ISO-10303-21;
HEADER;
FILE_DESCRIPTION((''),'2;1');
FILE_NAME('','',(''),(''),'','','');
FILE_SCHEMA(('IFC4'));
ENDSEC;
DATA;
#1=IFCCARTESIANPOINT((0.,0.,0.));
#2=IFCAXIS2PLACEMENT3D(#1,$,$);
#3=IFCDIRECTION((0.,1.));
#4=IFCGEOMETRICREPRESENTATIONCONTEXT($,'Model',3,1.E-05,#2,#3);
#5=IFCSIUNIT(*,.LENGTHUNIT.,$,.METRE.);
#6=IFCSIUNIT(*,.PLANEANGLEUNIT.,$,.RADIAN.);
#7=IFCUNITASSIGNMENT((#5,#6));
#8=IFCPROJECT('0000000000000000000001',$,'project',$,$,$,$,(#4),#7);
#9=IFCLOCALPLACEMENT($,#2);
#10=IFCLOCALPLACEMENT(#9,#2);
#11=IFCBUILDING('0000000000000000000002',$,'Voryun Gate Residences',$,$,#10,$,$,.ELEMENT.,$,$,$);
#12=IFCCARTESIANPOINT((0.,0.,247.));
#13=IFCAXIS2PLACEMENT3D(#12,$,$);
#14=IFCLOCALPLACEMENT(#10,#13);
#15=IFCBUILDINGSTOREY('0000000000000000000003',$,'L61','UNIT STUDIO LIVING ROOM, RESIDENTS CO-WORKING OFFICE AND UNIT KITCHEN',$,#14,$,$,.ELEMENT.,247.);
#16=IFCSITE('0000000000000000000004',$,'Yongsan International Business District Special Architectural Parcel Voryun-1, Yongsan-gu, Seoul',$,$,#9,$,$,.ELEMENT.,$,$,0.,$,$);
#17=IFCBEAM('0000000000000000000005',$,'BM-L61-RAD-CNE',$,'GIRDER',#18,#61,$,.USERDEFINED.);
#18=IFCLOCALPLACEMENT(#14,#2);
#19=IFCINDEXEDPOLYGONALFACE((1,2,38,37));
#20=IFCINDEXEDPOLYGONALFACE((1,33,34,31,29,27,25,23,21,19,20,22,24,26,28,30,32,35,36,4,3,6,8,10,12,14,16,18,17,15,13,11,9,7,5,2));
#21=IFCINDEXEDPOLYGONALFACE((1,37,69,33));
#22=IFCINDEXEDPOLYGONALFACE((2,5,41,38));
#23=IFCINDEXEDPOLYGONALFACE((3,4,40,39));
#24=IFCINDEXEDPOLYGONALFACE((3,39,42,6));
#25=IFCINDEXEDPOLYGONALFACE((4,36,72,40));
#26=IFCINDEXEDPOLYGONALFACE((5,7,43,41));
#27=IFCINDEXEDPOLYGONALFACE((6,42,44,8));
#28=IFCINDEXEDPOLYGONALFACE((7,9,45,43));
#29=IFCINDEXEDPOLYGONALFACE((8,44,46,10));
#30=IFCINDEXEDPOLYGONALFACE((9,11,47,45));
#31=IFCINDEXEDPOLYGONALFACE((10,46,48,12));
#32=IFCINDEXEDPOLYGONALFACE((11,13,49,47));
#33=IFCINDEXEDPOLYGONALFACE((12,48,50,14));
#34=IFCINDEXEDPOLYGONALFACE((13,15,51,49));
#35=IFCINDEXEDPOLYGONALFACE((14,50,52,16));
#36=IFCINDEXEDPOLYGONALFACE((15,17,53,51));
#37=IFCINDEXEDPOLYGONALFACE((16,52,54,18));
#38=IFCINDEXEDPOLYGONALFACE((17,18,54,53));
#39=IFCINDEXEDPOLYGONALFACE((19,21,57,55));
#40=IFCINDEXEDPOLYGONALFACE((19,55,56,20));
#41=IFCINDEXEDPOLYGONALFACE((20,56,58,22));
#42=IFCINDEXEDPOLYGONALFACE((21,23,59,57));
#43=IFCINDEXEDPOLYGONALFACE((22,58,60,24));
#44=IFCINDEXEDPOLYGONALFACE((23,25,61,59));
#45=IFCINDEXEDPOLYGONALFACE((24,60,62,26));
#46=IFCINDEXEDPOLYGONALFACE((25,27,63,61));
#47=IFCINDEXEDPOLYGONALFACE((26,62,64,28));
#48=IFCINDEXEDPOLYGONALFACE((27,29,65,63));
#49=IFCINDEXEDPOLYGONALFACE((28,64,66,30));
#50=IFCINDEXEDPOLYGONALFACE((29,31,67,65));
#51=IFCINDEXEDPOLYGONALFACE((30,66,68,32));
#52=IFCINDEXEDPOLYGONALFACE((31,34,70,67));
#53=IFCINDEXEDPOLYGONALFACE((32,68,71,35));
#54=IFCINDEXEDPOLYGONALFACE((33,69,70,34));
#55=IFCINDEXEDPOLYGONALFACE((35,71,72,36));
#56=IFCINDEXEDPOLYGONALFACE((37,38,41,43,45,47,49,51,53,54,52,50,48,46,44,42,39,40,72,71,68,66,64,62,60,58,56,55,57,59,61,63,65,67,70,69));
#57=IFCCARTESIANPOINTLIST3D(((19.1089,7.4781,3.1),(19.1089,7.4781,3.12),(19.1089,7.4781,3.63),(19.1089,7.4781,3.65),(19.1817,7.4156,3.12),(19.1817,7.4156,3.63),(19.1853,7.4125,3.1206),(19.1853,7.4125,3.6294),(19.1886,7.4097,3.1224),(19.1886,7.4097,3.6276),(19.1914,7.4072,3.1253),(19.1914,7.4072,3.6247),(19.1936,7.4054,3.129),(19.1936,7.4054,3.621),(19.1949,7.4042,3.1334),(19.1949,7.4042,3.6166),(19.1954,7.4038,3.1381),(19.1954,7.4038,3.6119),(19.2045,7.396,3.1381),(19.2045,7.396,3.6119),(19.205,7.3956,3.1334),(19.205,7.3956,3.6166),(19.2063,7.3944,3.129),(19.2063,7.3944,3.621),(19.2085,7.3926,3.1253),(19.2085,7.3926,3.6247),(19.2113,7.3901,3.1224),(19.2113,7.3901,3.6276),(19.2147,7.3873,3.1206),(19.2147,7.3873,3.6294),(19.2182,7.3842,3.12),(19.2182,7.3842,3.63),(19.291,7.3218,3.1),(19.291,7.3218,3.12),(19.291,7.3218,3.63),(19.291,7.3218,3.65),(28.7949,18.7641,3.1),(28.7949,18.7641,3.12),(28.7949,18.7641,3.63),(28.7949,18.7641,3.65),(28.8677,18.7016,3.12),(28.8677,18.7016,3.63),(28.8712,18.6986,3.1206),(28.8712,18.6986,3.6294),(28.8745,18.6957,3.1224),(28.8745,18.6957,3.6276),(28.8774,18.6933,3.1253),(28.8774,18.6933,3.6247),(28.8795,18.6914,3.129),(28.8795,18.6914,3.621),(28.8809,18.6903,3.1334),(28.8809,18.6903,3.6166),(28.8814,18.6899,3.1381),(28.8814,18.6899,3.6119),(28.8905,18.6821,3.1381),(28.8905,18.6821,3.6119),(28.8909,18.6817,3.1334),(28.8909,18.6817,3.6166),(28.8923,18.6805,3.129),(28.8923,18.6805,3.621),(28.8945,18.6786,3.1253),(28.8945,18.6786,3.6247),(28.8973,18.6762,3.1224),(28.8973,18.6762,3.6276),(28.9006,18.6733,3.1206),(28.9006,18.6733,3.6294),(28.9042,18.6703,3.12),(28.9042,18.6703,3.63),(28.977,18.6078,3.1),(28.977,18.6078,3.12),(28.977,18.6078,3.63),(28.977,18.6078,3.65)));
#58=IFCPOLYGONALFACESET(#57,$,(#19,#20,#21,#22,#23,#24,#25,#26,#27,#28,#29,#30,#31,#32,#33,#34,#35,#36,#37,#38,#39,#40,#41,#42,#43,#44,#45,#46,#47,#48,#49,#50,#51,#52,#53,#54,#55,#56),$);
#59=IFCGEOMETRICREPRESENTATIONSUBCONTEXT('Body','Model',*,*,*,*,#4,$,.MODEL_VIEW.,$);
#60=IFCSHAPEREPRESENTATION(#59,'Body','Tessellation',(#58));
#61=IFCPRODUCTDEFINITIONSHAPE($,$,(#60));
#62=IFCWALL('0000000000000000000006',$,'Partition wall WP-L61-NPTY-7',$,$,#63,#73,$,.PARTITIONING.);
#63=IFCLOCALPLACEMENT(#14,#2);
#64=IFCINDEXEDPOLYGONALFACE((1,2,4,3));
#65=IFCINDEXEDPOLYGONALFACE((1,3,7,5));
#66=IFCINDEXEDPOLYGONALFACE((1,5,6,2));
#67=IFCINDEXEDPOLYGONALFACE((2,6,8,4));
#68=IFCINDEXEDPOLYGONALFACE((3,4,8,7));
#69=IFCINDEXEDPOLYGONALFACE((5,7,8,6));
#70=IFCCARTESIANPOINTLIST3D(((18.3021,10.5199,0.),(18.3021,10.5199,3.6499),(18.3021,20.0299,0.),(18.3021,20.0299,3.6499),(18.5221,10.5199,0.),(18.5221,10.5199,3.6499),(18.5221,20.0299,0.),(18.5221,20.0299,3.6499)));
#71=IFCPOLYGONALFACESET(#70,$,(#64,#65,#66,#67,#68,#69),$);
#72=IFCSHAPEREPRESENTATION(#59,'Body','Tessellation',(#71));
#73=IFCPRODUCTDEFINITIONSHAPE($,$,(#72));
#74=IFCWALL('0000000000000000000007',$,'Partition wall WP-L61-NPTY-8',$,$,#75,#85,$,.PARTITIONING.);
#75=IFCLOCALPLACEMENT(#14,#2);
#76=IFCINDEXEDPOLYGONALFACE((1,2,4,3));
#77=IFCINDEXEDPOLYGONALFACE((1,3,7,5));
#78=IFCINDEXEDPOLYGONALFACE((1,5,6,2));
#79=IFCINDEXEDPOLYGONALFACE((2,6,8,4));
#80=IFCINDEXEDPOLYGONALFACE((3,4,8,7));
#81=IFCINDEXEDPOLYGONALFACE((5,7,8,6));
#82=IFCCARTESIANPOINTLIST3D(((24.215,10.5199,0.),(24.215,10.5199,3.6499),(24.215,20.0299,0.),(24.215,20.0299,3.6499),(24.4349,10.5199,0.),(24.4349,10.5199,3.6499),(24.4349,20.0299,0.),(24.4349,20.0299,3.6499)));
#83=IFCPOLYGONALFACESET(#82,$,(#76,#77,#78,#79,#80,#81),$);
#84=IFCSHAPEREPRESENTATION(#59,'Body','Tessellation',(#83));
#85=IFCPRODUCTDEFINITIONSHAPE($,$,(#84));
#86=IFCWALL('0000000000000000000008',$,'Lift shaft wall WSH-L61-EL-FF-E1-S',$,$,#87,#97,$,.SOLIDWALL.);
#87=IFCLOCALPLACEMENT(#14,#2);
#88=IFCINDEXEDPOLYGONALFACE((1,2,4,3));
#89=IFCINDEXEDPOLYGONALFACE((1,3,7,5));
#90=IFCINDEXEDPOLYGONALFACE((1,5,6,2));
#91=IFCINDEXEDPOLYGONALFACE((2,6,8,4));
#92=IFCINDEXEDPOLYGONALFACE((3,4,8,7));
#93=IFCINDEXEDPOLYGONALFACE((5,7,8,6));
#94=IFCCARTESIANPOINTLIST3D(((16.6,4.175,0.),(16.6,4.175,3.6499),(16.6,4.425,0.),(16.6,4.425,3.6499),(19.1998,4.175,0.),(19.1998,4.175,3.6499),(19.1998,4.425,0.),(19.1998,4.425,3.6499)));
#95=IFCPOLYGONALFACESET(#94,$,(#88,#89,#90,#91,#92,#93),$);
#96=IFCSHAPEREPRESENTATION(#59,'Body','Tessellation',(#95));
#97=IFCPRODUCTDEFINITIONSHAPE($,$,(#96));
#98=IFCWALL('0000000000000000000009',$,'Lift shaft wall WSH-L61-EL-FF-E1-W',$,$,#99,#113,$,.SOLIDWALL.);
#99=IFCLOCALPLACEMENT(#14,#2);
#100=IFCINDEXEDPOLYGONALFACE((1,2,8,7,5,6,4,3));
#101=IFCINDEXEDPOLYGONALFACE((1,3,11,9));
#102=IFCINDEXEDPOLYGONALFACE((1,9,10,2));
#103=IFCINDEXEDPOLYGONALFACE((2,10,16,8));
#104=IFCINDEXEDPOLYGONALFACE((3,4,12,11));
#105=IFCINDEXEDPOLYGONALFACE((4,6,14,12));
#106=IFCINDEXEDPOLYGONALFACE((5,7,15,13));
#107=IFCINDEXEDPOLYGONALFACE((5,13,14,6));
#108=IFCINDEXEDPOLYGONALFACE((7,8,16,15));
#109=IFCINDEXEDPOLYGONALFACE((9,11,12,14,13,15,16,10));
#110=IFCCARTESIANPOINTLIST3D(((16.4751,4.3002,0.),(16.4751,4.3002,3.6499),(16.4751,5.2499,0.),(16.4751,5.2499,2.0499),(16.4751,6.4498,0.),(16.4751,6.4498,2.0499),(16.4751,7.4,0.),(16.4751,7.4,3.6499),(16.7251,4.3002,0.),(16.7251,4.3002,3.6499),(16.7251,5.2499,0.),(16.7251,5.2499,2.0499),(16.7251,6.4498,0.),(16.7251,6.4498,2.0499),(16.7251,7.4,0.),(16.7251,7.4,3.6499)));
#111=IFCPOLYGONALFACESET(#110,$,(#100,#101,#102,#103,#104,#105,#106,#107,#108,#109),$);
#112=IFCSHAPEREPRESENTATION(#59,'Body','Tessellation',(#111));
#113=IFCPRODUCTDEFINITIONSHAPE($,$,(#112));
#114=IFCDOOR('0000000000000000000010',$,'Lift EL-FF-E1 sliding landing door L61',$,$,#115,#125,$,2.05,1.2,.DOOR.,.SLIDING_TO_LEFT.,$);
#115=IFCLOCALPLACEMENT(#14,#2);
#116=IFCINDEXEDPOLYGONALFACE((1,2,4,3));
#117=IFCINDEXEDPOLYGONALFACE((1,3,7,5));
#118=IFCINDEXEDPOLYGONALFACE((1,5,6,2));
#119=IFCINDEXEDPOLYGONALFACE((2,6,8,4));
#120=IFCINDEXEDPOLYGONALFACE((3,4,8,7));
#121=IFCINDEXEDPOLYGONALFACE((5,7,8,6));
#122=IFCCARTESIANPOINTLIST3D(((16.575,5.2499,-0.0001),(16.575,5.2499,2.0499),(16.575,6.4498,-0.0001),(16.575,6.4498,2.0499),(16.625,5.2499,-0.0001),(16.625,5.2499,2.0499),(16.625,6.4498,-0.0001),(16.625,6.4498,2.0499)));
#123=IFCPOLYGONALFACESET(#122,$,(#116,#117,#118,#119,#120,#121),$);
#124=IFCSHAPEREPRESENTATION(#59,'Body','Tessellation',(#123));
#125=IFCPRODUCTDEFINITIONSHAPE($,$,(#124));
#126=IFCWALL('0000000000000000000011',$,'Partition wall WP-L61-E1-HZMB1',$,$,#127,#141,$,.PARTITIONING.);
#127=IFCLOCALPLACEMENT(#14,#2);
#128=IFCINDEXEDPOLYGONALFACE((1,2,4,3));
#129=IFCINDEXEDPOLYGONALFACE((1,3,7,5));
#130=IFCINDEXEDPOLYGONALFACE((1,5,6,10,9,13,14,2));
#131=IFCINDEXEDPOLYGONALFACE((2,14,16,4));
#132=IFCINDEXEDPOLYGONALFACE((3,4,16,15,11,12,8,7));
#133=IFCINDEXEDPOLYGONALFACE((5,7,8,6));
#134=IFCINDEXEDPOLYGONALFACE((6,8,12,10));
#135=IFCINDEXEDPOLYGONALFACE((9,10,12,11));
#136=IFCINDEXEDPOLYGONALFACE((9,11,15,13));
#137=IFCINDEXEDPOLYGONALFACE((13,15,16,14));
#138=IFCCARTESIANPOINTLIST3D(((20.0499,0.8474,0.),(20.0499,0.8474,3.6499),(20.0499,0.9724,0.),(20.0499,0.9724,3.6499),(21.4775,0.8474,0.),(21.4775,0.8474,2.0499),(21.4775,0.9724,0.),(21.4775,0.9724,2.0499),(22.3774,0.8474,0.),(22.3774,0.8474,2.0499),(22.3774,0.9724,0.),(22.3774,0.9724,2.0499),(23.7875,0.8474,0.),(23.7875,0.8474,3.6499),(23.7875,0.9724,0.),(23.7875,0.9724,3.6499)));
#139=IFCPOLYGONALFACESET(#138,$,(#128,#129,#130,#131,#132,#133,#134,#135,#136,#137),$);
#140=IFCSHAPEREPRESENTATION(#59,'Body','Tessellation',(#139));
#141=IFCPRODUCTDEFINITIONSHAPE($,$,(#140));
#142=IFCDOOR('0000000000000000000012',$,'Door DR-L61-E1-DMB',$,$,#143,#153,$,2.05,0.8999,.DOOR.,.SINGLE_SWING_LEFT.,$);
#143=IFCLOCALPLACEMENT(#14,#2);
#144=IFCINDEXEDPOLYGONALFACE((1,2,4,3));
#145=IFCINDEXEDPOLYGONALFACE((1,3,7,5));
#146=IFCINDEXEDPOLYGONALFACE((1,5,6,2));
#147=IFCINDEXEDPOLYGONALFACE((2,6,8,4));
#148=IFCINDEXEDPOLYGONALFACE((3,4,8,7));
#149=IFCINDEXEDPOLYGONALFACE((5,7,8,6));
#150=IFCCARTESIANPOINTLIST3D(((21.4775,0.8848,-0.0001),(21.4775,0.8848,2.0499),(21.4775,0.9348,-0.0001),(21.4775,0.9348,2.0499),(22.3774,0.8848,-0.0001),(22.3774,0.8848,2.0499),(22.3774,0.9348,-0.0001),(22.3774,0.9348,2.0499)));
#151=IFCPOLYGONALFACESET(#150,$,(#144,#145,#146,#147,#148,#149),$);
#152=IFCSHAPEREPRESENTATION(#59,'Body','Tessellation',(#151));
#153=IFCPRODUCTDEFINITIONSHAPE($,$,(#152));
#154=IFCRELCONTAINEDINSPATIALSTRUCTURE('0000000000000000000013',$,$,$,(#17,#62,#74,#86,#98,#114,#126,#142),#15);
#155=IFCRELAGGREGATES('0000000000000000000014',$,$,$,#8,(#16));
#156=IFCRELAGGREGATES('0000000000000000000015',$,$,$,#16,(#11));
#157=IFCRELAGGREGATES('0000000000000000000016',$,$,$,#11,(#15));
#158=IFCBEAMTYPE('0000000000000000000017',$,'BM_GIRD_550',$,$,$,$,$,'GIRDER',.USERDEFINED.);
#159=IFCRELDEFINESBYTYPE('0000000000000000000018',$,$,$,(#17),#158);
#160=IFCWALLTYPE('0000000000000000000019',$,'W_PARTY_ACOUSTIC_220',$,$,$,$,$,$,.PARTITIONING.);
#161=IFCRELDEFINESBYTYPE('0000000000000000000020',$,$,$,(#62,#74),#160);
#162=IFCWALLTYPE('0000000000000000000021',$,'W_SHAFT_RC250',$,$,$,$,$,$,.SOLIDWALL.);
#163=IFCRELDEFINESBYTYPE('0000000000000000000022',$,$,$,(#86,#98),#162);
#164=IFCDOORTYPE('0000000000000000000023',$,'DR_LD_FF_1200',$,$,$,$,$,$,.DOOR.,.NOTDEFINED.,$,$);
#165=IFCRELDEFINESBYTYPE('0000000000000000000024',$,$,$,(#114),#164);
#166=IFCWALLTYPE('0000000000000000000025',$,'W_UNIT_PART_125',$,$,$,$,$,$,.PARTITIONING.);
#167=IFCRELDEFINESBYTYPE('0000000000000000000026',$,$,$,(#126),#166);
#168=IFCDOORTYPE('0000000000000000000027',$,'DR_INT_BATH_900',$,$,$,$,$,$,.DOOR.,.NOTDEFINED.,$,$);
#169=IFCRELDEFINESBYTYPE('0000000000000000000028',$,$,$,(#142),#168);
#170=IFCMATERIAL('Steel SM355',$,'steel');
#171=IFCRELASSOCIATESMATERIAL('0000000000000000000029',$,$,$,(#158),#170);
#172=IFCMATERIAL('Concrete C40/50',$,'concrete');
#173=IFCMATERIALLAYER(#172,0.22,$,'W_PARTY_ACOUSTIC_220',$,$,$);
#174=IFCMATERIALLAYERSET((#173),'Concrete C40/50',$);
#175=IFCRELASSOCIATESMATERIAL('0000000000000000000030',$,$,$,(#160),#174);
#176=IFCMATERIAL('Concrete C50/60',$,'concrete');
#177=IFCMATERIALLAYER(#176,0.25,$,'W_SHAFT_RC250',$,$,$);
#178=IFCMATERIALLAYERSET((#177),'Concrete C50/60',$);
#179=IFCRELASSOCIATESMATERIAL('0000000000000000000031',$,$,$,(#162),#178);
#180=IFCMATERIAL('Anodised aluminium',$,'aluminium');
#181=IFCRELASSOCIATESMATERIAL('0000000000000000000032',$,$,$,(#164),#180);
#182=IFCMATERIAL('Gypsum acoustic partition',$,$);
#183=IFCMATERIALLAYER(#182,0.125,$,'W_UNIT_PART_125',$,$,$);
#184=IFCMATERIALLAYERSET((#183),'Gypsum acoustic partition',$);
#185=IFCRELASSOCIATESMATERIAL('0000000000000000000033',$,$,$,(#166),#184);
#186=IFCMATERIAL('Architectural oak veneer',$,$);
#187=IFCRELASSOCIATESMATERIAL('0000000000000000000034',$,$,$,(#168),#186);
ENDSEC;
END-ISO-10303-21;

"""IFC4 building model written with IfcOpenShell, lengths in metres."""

from ifc_helpers import new_model, si_unit, direction, frame, frame_2d, origin, origin_2d, place, context, subcontext, project, spatial, rectangle, i_section, extrude, material, layer, layer_set, material_profile, profile_set, type_object, element, fill, save


model = new_model("IFC4")

# Units and contexts
model_context = context("Model", 3, precision=1e-05, world=origin(), true_north=direction((0.0, 1.0)))
body_context = subcontext(model_context, "Body", "Model", "MODEL_VIEW")
ifc_project = project(units=[si_unit("LENGTHUNIT", "METRE"), si_unit("PLANEANGLEUNIT", "RADIAN")], contexts=[model_context])

# Site, building, storey
site_placement = place(None, origin())
site = spatial("IfcSite", under=ifc_project, at=site_placement, Name="Yongsan International Business District Special Architectural Parcel Voryun-1, Yongsan-gu, Seoul", CompositionType="ELEMENT", RefElevation=0.0)
building_placement = place(site_placement, origin())
building = spatial("IfcBuilding", under=site, at=building_placement, Name="Voryun Gate Residences", CompositionType="ELEMENT")
storey_placement = place(building_placement, frame((0.0, 0.0, 247.0)))
storey = spatial("IfcBuildingStorey", under=building, at=storey_placement, Name="L61", Description="UNIT STUDIO LIVING ROOM, RESIDENTS CO-WORKING OFFICE AND UNIT KITCHEN", CompositionType="ELEMENT", Elevation=247.0)

# Beam
ifc_material_1 = material(Name="Steel SM355", Category="steel")
ifc_material_profile_1 = material_profile(ifc_material_1, i_section(OverallWidth=0.24, OverallDepth=0.55, WebThickness=0.012, FlangeThickness=0.02, FilletRadius=0.0181, at=origin_2d()), Name="H-550x240x12x20")
ifc_profile_set_1 = profile_set([ifc_material_profile_1], Name="Steel SM355")
beam_type_1 = type_object("IfcBeamType", Name="BM_GIRD_550", ElementType="GIRDER", PredefinedType="USERDEFINED", material=ifc_profile_set_1)
beam_1_placement = place(storey_placement, frame((19.2, 7.3999, 3.375), z_axis=(0.651264, 0.758851, 0.0), x_axis=(-0.758851, 0.651264, 0.0)))
element("IfcBeam", 1, at=beam_1_placement, inside=storey, type_object=beam_type_1, Name="BM-L61-RAD-CNE", ObjectType="GIRDER", PredefinedType="USERDEFINED", context=body_context, shape_type="SweptSolid", body=[
    extrude(i_section(OverallWidth=0.24, OverallDepth=0.55, WebThickness=0.012, FlangeThickness=0.02, FilletRadius=0.0181, at=origin_2d()), origin(), (0.0, 0.0, 1.0), 14.8726),
])

# Walls
ifc_material_2 = material(Name="Concrete C40/50", Category="concrete")
ifc_layer_1 = layer(ifc_material_2, 0.22, Name="W_PARTY_ACOUSTIC_220")
ifc_layer_set_1 = layer_set([ifc_layer_1], Name="Concrete C40/50")
wall_type_1 = type_object("IfcWallType", Name="W_PARTY_ACOUSTIC_220", PredefinedType="PARTITIONING", material=ifc_layer_set_1)
for number, where, z_axis, x_axis, name in (
    (2, (18.4121, 10.52, 0.0), (0.0, 0.0, 1.0), (0.0, 1.0, 0.0), "Partition wall WP-L61-NPTY-7"),
    (3, (24.325, 10.52, 0.0), (0.0, 0.0, 1.0), (0.0, 1.0, 0.0), "Partition wall WP-L61-NPTY-8"),
):
    element("IfcWall", number, at=place(storey_placement, frame(where, z_axis=z_axis, x_axis=x_axis)), inside=storey, type_object=wall_type_1, Name=name, PredefinedType="PARTITIONING", context=body_context, shape_type="SweptSolid", body=[
        extrude(rectangle(XDim=9.51, YDim=0.22, at=frame_2d((4.7549, 0.0))), origin(), (0.0, 0.0, 1.0), 3.6499),
    ])
ifc_material_3 = material(Name="Concrete C50/60", Category="concrete")
ifc_layer_2 = layer(ifc_material_3, 0.25, Name="W_SHAFT_RC250")
ifc_layer_set_2 = layer_set([ifc_layer_2], Name="Concrete C50/60")
wall_type_2 = type_object("IfcWallType", Name="W_SHAFT_RC250", PredefinedType="SOLIDWALL", material=ifc_layer_set_2)
wall_1_placement = place(storey_placement, frame((16.6001, 4.3, 0.0), z_axis=(0.0, 0.0, 1.0), x_axis=(1.0, 0.0, 0.0)))
element("IfcWall", 4, at=wall_1_placement, inside=storey, type_object=wall_type_2, Name="Lift shaft wall WSH-L61-EL-FF-E1-S", PredefinedType="SOLIDWALL", context=body_context, shape_type="SweptSolid", body=[
    extrude(rectangle(XDim=2.5999, YDim=0.25, at=frame_2d((1.2998, 0.0))), origin(), (0.0, 0.0, 1.0), 3.6499),
])

# Walls, openings, doors
wall_2_placement = place(storey_placement, frame((16.6001, 7.3999, 0.0), z_axis=(0.0, 0.0, 1.0), x_axis=(0.0, -1.0, 0.0)))
wall_2 = element("IfcWall", 5, at=wall_2_placement, inside=storey, type_object=wall_type_2, Name="Lift shaft wall WSH-L61-EL-FF-E1-W", PredefinedType="SOLIDWALL", context=body_context, shape_type="SweptSolid", body=[
    extrude(rectangle(XDim=3.0999, YDim=0.25, at=frame_2d((1.5498, 0.0))), origin(), (0.0, 0.0, 1.0), 3.6499),
])
opening_1_placement = place(wall_2_placement, frame((0.95, 0.0, 0.0)))
opening_1 = element("IfcOpeningElement", 6, at=opening_1_placement, cuts=wall_2, PredefinedType="OPENING", context=body_context, shape_type="SweptSolid", body=[
    extrude(rectangle(XDim=1.2, YDim=2.05, at=frame_2d((0.6001, 1.0249))), frame((0.0, 0.135, 0.0), z_axis=(0.0, -1.0, 0.0), x_axis=(1.0, 0.0, 0.0)), (0.0, 0.0, 1.0), 0.27),
])
ifc_material_4 = material(Name="Anodised aluminium", Category="aluminium")
door_type_1 = type_object("IfcDoorType", Name="DR_LD_FF_1200", OperationType="NOTDEFINED", PredefinedType="DOOR", material=ifc_material_4)
door_1_placement = place(opening_1_placement, origin())
door_1 = element("IfcDoor", 7, at=door_1_placement, inside=storey, type_object=door_type_1, Name="Lift EL-FF-E1 sliding landing door L61", OperationType="SLIDING_TO_LEFT", OverallHeight=2.05, OverallWidth=1.2, PredefinedType="DOOR", context=body_context, shape_type="SweptSolid", body=[
    extrude(rectangle(XDim=1.2, YDim=2.05, at=frame_2d((0.6001, 1.0249))), frame((0.0, 0.0249, 0.0), z_axis=(0.0, -1.0, 0.0), x_axis=(1.0, 0.0, 0.0)), (0.0, 0.0, 1.0), 0.05),
])
fill(opening_1, door_1)
ifc_material_5 = material(Name="Gypsum acoustic partition")
ifc_layer_3 = layer(ifc_material_5, 0.125, Name="W_UNIT_PART_125")
ifc_layer_set_3 = layer_set([ifc_layer_3], Name="Gypsum acoustic partition")
wall_type_3 = type_object("IfcWallType", Name="W_UNIT_PART_125", PredefinedType="PARTITIONING", material=ifc_layer_set_3)
wall_3_placement = place(storey_placement, frame((20.05, 0.9099, 0.0), z_axis=(0.0, 0.0, 1.0), x_axis=(1.0, 0.0, 0.0)))
wall_3 = element("IfcWall", 8, at=wall_3_placement, inside=storey, type_object=wall_type_3, Name="Partition wall WP-L61-E1-HZMB1", PredefinedType="PARTITIONING", context=body_context, shape_type="SweptSolid", body=[
    extrude(rectangle(XDim=3.7375, YDim=0.125, at=frame_2d((1.8687, 0.0))), origin(), (0.0, 0.0, 1.0), 3.6499),
])
opening_2_placement = place(wall_3_placement, frame((1.4275, 0.0, 0.0)))
opening_2 = element("IfcOpeningElement", 9, at=opening_2_placement, cuts=wall_3, PredefinedType="OPENING", context=body_context, shape_type="SweptSolid", body=[
    extrude(rectangle(XDim=0.8999, YDim=2.05, at=frame_2d((0.45, 1.0249))), frame((0.0, 0.0725, 0.0), z_axis=(0.0, -1.0, 0.0), x_axis=(1.0, 0.0, 0.0)), (0.0, 0.0, 1.0), 0.145),
])
ifc_material_6 = material(Name="Architectural oak veneer")
door_type_2 = type_object("IfcDoorType", Name="DR_INT_BATH_900", OperationType="NOTDEFINED", PredefinedType="DOOR", material=ifc_material_6)
door_2_placement = place(opening_2_placement, origin())
door_2 = element("IfcDoor", 10, at=door_2_placement, inside=storey, type_object=door_type_2, Name="Door DR-L61-E1-DMB", OperationType="SINGLE_SWING_LEFT", OverallHeight=2.05, OverallWidth=0.8999, PredefinedType="DOOR", context=body_context, shape_type="SweptSolid", body=[
    extrude(rectangle(XDim=0.8999, YDim=2.05, at=frame_2d((0.45, 1.0249))), frame((0.0, 0.0249, 0.0), z_axis=(0.0, -1.0, 0.0), x_axis=(1.0, 0.0, 0.0)), (0.0, 0.0, 1.0), 0.05),
])
fill(opening_2, door_2)

save(model, "model.ifc")
